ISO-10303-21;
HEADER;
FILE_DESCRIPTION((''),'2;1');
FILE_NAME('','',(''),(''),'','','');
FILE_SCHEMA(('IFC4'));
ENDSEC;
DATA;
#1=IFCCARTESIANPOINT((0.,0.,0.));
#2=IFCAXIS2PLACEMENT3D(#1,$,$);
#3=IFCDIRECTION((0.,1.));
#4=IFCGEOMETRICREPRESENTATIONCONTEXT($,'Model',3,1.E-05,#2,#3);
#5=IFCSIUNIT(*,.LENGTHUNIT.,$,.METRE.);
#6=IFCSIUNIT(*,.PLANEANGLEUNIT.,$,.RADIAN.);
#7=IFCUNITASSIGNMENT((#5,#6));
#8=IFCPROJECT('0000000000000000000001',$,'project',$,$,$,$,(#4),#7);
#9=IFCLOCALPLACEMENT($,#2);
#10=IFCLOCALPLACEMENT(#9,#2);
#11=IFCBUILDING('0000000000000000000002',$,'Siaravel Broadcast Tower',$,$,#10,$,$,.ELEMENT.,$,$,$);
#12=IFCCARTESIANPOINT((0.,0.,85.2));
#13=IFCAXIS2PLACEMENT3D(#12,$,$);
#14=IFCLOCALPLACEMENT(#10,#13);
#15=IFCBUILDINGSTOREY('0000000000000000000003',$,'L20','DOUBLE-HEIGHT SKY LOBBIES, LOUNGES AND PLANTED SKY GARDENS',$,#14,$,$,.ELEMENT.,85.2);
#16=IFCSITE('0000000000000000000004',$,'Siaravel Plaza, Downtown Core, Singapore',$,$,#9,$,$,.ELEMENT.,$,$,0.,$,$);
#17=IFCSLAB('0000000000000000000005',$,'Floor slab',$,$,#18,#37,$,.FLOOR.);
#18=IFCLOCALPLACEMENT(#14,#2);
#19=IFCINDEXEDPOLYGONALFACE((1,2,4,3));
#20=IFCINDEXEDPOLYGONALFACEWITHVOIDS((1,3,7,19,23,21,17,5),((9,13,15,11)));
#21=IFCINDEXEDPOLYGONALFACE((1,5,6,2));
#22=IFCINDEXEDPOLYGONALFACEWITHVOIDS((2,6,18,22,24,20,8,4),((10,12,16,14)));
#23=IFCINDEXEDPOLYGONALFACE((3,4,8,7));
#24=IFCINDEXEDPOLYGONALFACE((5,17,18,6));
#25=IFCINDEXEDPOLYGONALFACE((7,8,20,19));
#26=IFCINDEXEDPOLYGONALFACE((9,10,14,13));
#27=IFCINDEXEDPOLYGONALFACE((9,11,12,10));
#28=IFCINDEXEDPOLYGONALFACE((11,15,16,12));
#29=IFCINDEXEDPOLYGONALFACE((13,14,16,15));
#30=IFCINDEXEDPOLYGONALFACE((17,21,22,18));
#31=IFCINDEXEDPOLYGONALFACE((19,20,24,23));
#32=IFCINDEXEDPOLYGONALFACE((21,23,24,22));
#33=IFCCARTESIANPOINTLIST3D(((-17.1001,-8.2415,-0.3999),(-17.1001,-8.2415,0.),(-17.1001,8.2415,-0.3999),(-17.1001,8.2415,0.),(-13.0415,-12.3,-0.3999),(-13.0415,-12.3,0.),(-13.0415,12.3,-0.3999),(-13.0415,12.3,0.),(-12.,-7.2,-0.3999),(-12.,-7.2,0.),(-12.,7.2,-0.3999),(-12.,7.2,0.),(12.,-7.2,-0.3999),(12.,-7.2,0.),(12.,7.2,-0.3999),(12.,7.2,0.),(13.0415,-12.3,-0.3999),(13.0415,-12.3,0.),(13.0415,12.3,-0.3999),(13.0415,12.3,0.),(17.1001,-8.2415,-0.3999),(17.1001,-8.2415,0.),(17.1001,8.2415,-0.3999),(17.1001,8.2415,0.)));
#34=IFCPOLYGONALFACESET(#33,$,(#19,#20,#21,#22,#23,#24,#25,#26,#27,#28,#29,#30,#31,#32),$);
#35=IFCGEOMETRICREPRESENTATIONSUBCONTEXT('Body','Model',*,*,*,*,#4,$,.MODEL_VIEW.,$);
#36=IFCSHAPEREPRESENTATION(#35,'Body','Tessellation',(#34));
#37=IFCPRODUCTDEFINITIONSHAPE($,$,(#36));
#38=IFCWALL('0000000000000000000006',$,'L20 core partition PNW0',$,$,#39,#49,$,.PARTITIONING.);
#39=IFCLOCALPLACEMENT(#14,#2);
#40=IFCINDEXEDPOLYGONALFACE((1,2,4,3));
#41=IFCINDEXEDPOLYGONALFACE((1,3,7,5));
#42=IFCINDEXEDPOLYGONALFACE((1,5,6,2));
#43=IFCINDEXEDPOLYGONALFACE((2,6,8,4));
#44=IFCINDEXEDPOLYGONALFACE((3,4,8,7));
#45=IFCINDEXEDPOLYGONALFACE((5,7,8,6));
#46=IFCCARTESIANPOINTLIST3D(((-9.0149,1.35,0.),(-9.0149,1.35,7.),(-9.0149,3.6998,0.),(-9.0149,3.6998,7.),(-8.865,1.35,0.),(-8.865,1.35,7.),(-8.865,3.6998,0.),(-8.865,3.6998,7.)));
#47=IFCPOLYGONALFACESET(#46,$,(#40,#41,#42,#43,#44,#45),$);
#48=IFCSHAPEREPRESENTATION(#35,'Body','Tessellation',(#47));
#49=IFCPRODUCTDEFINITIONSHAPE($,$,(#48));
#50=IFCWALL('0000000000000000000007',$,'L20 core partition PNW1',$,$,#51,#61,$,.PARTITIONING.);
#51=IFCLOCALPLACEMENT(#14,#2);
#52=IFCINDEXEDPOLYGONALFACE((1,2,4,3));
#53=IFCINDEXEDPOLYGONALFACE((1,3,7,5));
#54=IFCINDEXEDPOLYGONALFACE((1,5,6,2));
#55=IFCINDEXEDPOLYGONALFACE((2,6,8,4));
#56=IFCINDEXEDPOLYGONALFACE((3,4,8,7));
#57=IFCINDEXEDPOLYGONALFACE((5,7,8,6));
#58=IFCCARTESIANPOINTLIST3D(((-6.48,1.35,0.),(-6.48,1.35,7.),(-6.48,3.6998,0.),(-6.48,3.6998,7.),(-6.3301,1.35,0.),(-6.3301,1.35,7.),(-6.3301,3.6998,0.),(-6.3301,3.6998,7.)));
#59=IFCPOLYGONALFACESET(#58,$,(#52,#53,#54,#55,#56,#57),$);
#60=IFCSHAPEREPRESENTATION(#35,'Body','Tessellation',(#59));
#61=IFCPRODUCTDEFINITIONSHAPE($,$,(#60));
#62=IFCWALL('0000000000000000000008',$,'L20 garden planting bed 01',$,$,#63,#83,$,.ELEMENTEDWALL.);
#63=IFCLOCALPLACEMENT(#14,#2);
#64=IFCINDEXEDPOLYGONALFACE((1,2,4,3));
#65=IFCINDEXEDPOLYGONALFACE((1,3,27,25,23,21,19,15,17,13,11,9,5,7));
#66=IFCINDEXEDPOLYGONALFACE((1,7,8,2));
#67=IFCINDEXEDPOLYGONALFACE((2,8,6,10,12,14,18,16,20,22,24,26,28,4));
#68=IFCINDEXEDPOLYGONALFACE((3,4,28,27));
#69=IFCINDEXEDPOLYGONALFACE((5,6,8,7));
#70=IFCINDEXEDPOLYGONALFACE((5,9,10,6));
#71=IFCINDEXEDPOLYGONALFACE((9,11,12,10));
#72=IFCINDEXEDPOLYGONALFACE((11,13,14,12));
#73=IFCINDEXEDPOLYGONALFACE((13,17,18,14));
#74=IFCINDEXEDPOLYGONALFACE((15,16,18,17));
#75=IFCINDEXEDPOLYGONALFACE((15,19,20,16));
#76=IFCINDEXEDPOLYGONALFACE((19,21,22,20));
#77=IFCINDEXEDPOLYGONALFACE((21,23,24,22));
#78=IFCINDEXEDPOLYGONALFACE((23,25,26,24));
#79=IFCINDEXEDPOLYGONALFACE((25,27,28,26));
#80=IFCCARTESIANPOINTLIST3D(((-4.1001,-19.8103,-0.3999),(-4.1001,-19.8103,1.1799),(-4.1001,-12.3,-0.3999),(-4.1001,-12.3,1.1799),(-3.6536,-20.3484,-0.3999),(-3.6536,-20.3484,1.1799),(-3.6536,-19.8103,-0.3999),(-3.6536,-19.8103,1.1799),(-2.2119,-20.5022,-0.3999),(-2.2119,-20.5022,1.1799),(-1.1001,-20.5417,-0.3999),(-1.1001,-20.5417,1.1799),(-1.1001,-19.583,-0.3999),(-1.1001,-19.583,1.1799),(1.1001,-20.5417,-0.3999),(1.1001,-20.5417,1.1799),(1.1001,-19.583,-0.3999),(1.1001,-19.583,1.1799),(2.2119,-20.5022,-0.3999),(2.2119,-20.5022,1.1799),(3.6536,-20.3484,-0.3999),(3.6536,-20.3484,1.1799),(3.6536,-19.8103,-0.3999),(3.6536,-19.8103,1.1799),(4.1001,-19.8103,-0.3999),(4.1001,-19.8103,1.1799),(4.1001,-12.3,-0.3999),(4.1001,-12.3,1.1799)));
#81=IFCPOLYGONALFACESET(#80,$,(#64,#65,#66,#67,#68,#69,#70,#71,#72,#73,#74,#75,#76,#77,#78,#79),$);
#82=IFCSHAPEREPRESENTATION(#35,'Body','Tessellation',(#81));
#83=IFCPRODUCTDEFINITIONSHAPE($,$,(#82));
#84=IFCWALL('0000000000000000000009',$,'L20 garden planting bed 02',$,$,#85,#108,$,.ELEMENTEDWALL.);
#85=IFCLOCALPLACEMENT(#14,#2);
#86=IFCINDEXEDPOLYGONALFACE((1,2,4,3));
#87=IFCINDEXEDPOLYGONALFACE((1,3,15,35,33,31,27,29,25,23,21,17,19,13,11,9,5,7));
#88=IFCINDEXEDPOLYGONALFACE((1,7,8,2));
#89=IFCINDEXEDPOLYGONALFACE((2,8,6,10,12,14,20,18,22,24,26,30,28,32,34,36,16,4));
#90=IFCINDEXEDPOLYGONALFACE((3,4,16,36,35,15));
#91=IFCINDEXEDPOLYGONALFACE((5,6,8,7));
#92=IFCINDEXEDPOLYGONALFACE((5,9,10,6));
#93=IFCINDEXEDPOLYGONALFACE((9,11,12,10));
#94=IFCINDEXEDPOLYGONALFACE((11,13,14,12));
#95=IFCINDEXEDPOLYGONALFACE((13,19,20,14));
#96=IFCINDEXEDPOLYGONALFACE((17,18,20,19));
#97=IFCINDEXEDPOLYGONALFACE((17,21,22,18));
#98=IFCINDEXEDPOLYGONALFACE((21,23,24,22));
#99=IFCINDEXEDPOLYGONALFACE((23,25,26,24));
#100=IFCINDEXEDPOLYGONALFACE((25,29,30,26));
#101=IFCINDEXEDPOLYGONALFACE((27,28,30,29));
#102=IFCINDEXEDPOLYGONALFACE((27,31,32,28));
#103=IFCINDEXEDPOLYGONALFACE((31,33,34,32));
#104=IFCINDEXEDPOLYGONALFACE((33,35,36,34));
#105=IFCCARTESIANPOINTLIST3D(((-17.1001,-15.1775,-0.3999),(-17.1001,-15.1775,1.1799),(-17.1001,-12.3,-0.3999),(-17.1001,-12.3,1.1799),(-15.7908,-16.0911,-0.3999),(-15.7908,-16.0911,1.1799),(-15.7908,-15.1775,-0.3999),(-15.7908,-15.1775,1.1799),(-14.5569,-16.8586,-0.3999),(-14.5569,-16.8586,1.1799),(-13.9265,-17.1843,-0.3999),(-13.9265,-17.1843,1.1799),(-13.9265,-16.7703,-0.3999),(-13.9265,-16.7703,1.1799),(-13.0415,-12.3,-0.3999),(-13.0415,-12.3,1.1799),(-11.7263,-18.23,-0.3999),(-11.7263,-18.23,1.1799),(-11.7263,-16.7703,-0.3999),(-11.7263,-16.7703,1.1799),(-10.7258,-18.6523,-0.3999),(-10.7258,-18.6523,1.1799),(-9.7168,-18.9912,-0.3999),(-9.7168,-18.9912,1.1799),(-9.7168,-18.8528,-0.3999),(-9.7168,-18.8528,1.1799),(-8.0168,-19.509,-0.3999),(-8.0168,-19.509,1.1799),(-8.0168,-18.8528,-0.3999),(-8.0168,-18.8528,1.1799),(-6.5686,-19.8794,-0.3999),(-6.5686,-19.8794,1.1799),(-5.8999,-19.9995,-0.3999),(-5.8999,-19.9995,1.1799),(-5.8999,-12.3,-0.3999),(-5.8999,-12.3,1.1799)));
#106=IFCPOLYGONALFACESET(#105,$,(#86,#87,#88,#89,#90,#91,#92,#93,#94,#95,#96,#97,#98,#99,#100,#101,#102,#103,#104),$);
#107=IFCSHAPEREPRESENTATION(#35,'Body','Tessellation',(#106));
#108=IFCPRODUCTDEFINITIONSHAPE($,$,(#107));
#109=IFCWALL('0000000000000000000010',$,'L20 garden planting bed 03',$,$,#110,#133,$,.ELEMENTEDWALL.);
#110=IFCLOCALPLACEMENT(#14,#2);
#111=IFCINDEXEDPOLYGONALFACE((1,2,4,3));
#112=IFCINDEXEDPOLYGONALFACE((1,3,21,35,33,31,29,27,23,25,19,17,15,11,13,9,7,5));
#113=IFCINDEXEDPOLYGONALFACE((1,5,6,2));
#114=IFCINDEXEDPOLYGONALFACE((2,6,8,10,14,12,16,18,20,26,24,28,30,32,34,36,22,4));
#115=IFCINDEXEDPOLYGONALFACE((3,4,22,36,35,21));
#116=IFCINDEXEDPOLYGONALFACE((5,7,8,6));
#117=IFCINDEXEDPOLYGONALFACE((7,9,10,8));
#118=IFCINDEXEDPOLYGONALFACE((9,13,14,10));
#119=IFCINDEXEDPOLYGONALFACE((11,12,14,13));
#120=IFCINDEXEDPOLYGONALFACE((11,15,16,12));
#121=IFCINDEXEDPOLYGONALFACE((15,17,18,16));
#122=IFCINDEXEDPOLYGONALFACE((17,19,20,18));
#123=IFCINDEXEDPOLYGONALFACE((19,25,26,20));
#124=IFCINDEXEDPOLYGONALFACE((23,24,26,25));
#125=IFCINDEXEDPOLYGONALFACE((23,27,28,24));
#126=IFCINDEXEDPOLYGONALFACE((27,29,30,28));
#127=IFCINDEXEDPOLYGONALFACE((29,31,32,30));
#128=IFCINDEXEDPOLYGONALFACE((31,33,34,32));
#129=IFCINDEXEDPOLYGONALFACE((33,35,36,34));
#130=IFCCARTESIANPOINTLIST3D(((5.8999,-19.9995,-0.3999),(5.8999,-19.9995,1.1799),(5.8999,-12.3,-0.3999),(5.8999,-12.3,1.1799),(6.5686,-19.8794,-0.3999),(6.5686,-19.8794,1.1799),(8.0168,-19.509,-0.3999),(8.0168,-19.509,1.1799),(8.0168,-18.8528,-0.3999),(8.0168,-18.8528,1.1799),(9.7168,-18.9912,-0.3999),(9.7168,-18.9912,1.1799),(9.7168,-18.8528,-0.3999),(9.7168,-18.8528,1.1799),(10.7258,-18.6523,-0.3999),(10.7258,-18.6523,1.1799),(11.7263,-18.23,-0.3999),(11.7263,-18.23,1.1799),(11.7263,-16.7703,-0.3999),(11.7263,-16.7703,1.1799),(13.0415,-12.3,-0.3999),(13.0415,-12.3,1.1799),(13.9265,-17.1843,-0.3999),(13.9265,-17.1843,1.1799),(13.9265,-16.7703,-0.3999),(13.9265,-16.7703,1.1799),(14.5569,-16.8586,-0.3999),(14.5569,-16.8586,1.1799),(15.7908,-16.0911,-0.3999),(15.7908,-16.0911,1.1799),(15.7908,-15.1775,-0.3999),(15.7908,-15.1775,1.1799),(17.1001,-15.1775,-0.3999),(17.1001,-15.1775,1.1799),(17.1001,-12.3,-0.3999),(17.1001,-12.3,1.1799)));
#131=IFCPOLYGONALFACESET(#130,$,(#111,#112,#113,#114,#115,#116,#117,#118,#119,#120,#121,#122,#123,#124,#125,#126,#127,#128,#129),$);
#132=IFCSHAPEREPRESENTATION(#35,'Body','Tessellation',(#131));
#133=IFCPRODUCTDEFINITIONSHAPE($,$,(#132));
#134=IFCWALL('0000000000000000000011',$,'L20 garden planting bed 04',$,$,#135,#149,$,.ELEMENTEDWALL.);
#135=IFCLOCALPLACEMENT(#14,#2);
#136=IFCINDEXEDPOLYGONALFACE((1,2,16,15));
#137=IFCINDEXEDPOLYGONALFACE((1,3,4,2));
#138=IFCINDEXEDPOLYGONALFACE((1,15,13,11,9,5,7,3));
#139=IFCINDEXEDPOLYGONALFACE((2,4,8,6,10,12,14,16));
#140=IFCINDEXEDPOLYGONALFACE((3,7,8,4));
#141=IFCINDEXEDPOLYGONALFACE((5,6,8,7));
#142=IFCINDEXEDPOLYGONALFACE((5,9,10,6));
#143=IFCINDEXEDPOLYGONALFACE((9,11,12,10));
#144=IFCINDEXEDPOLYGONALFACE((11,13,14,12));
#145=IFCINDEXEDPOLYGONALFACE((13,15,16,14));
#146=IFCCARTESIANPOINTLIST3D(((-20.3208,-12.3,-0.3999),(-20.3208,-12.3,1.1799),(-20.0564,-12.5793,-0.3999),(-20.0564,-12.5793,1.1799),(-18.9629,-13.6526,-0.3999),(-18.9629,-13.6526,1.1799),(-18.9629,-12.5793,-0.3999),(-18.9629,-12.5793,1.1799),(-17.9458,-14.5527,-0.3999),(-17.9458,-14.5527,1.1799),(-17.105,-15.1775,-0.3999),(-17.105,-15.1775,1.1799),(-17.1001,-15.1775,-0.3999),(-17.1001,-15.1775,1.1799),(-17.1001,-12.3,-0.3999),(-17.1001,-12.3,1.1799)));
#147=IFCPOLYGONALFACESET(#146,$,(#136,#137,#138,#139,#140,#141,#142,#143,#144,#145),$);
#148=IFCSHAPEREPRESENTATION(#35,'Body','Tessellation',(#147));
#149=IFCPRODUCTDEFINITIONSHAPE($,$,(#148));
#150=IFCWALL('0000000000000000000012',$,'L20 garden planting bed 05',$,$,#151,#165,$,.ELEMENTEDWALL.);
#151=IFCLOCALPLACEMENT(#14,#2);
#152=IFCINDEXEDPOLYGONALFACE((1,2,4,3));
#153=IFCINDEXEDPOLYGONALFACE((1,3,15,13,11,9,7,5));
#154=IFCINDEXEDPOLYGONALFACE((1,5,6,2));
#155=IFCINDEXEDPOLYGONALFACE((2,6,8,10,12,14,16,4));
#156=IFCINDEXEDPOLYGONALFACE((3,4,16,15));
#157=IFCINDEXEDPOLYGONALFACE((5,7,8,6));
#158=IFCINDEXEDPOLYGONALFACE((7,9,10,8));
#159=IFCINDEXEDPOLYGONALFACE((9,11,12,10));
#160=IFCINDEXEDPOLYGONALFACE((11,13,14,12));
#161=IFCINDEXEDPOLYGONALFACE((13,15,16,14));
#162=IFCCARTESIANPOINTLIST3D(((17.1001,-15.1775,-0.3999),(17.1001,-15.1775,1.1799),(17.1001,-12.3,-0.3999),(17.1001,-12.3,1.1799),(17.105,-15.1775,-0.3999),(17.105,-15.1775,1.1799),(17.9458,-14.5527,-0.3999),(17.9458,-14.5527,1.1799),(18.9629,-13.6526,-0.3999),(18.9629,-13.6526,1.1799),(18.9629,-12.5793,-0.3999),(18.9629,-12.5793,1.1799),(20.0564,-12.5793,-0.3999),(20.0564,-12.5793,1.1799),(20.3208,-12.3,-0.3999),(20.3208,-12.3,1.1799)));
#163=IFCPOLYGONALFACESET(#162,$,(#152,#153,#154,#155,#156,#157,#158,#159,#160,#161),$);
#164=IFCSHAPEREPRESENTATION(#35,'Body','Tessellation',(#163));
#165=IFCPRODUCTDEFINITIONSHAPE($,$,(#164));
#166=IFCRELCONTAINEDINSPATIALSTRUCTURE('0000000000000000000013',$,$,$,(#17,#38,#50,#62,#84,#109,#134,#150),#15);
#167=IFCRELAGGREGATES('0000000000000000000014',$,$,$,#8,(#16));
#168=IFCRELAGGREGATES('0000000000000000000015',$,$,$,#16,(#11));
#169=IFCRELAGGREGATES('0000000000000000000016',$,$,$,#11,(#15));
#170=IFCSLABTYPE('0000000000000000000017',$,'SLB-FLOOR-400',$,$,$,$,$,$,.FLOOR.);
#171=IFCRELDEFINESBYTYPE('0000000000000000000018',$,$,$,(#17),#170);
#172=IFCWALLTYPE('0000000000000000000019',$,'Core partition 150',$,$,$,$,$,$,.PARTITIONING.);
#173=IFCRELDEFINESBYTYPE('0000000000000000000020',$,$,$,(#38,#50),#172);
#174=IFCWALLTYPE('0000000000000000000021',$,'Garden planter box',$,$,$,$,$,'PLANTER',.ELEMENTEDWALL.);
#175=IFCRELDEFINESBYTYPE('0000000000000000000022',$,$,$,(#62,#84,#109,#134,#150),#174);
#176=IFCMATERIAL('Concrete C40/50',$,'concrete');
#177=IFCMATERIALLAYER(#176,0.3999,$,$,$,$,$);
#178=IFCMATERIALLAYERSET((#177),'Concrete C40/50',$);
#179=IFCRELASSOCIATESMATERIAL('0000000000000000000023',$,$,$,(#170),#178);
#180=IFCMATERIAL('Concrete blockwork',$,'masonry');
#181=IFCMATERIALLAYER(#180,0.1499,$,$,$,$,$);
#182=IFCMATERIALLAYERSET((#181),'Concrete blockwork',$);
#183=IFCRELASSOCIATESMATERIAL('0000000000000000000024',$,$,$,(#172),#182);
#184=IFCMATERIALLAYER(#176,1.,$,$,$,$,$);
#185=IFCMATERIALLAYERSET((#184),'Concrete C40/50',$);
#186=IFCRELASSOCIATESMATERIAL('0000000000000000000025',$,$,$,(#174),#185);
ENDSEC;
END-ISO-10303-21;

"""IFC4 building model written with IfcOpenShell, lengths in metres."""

from ifc_helpers import new_model, si_unit, direction, frame, frame_2d, origin, place, context, subcontext, project, spatial, polyline, rectangle, outline, extrude, material, layer, layer_set, type_object, element, save


model = new_model("IFC4")

# Units and contexts
model_context = context("Model", 3, precision=1e-05, world=origin(), true_north=direction((0.0, 1.0)))
body_context = subcontext(model_context, "Body", "Model", "MODEL_VIEW")
ifc_project = project(units=[si_unit("LENGTHUNIT", "METRE"), si_unit("PLANEANGLEUNIT", "RADIAN")], contexts=[model_context])

# Site, building, storey
site_placement = place(None, origin())
site = spatial("IfcSite", under=ifc_project, at=site_placement, Name="Siaravel Plaza, Downtown Core, Singapore", CompositionType="ELEMENT", RefElevation=0.0)
building_placement = place(site_placement, origin())
building = spatial("IfcBuilding", under=site, at=building_placement, Name="Siaravel Broadcast Tower", CompositionType="ELEMENT")
storey_placement = place(building_placement, frame((0.0, 0.0, 85.2)))
storey = spatial("IfcBuildingStorey", under=building, at=storey_placement, Name="L20", Description="DOUBLE-HEIGHT SKY LOBBIES, LOUNGES AND PLANTED SKY GARDENS", CompositionType="ELEMENT", Elevation=85.2)

# Slab
ifc_material_1 = material(Name="Concrete C40/50", Category="concrete")
ifc_layer_1 = layer(ifc_material_1, 0.3999)
ifc_layer_set_1 = layer_set([ifc_layer_1], Name="Concrete C40/50")
slab_type_1 = type_object("IfcSlabType", Name="SLB-FLOOR-400", PredefinedType="FLOOR", material=ifc_layer_set_1)
slab_1_placement = place(storey_placement, frame((0.0, 0.0, -0.3999)))
element("IfcSlab", 1, at=slab_1_placement, inside=storey, type_object=slab_type_1, Name="Floor slab", PredefinedType="FLOOR", context=body_context, shape_type="SweptSolid", body=[
    extrude(outline(polyline([(-17.1001, 8.2415), (-17.1001, -8.2415), (-13.0415, -12.3), (13.0415, -12.3), (17.1001, -8.2415), (17.1001, 8.2415), (13.0415, 12.3), (-13.0415, 12.3), (-17.1001, 8.2415)]), holes=[polyline([(-12.0, 7.2), (12.0, 7.2), (12.0, -7.2), (-12.0, -7.2), (-12.0, 7.2)])]), origin(), (0.0, 0.0, 1.0), 0.3999),
])

# Walls
ifc_material_2 = material(Name="Concrete blockwork", Category="masonry")
ifc_layer_2 = layer(ifc_material_2, 0.1499)
ifc_layer_set_2 = layer_set([ifc_layer_2], Name="Concrete blockwork")
wall_type_1 = type_object("IfcWallType", Name="Core partition 150", PredefinedType="PARTITIONING", material=ifc_layer_set_2)
for number, where, z_axis, x_axis, name in (
    (2, (-8.9399, 1.3501, 0.0), (0.0, 0.0, 1.0), (0.0, 1.0, 0.0), "L20 core partition PNW0"),
    (3, (-6.405, 1.3501, 0.0), (0.0, 0.0, 1.0), (0.0, 1.0, 0.0), "L20 core partition PNW1"),
):
    element("IfcWall", number, at=place(storey_placement, frame(where, z_axis=z_axis, x_axis=x_axis)), inside=storey, type_object=wall_type_1, Name=name, PredefinedType="PARTITIONING", context=body_context, shape_type="SweptSolid", body=[
        extrude(rectangle(XDim=2.3499, YDim=0.1499, at=frame_2d((1.1748, 0.0))), origin(), (0.0, 0.0, 1.0), 7.0),
    ])
ifc_layer_3 = layer(ifc_material_1, 1.0)
ifc_layer_set_3 = layer_set([ifc_layer_3], Name="Concrete C40/50")
wall_type_2 = type_object("IfcWallType", Name="Garden planter box", ElementType="PLANTER", PredefinedType="ELEMENTEDWALL", material=ifc_layer_set_3)
wall_1_placement = place(storey_placement, frame((0.0, 0.0, -0.3999)))
element("IfcWall", 4, at=wall_1_placement, inside=storey, type_object=wall_type_2, Name="L20 garden planting bed 01", PredefinedType="ELEMENTEDWALL", context=body_context, shape_type="SweptSolid", body=[
    extrude(outline(polyline([(1.1001, -20.5417), (2.2119, -20.5022), (3.6536, -20.3484), (3.6536, -19.8103), (4.1001, -19.8103), (4.1001, -12.3), (-4.1001, -12.3), (-4.1001, -19.8103), (-3.6536, -19.8103), (-3.6536, -20.3484), (-2.2119, -20.5022), (-1.1001, -20.5417), (-1.1001, -19.583), (1.1001, -19.583), (1.1001, -20.5417)])), origin(), (0.0, 0.0, 1.0), 1.5798),
])
wall_2_placement = place(storey_placement, frame((0.0, 0.0, -0.3999)))
element("IfcWall", 5, at=wall_2_placement, inside=storey, type_object=wall_type_2, Name="L20 garden planting bed 02", PredefinedType="ELEMENTEDWALL", context=body_context, shape_type="SweptSolid", body=[
    extrude(outline(polyline([(-8.0168, -19.509), (-6.5686, -19.8794), (-5.8999, -19.9995), (-5.8999, -12.3), (-13.0415, -12.3), (-17.1001, -12.3), (-17.1001, -15.1775), (-15.7908, -15.1775), (-15.7908, -16.0911), (-14.5569, -16.8586), (-13.9265, -17.1843), (-13.9265, -16.7703), (-11.7263, -16.7703), (-11.7263, -18.23), (-10.7258, -18.6523), (-9.7168, -18.9912), (-9.7168, -18.8528), (-8.0168, -18.8528), (-8.0168, -19.509)])), origin(), (0.0, 0.0, 1.0), 1.5798),
])
wall_3_placement = place(storey_placement, frame((0.0, 0.0, -0.3999)))
element("IfcWall", 6, at=wall_3_placement, inside=storey, type_object=wall_type_2, Name="L20 garden planting bed 03", PredefinedType="ELEMENTEDWALL", context=body_context, shape_type="SweptSolid", body=[
    extrude(outline(polyline([(17.1001, -15.1775), (17.1001, -12.3), (13.0415, -12.3), (5.8999, -12.3), (5.8999, -19.9995), (6.5686, -19.8794), (8.0168, -19.509), (8.0168, -18.8528), (9.7168, -18.8528), (9.7168, -18.9912), (10.7258, -18.6523), (11.7263, -18.23), (11.7263, -16.7703), (13.9265, -16.7703), (13.9265, -17.1843), (14.5569, -16.8586), (15.7908, -16.0911), (15.7908, -15.1775), (17.1001, -15.1775)])), origin(), (0.0, 0.0, 1.0), 1.5798),
])
wall_4_placement = place(storey_placement, frame((0.0, 0.0, -0.3999)))
element("IfcWall", 7, at=wall_4_placement, inside=storey, type_object=wall_type_2, Name="L20 garden planting bed 04", PredefinedType="ELEMENTEDWALL", context=body_context, shape_type="SweptSolid", body=[
    extrude(outline(polyline([(-17.1001, -15.1775), (-17.1001, -12.3), (-20.3208, -12.3), (-20.0564, -12.5793), (-18.9629, -12.5793), (-18.9629, -13.6526), (-17.9458, -14.5527), (-17.105, -15.1775), (-17.1001, -15.1775)])), origin(), (0.0, 0.0, 1.0), 1.5798),
])
wall_5_placement = place(storey_placement, frame((0.0, 0.0, -0.3999)))
element("IfcWall", 8, at=wall_5_placement, inside=storey, type_object=wall_type_2, Name="L20 garden planting bed 05", PredefinedType="ELEMENTEDWALL", context=body_context, shape_type="SweptSolid", body=[
    extrude(outline(polyline([(20.3208, -12.3), (17.1001, -12.3), (17.1001, -15.1775), (17.105, -15.1775), (17.9458, -14.5527), (18.9629, -13.6526), (18.9629, -12.5793), (20.0564, -12.5793), (20.3208, -12.3)])), origin(), (0.0, 0.0, 1.0), 1.5798),
])

save(model, "model.ifc")
